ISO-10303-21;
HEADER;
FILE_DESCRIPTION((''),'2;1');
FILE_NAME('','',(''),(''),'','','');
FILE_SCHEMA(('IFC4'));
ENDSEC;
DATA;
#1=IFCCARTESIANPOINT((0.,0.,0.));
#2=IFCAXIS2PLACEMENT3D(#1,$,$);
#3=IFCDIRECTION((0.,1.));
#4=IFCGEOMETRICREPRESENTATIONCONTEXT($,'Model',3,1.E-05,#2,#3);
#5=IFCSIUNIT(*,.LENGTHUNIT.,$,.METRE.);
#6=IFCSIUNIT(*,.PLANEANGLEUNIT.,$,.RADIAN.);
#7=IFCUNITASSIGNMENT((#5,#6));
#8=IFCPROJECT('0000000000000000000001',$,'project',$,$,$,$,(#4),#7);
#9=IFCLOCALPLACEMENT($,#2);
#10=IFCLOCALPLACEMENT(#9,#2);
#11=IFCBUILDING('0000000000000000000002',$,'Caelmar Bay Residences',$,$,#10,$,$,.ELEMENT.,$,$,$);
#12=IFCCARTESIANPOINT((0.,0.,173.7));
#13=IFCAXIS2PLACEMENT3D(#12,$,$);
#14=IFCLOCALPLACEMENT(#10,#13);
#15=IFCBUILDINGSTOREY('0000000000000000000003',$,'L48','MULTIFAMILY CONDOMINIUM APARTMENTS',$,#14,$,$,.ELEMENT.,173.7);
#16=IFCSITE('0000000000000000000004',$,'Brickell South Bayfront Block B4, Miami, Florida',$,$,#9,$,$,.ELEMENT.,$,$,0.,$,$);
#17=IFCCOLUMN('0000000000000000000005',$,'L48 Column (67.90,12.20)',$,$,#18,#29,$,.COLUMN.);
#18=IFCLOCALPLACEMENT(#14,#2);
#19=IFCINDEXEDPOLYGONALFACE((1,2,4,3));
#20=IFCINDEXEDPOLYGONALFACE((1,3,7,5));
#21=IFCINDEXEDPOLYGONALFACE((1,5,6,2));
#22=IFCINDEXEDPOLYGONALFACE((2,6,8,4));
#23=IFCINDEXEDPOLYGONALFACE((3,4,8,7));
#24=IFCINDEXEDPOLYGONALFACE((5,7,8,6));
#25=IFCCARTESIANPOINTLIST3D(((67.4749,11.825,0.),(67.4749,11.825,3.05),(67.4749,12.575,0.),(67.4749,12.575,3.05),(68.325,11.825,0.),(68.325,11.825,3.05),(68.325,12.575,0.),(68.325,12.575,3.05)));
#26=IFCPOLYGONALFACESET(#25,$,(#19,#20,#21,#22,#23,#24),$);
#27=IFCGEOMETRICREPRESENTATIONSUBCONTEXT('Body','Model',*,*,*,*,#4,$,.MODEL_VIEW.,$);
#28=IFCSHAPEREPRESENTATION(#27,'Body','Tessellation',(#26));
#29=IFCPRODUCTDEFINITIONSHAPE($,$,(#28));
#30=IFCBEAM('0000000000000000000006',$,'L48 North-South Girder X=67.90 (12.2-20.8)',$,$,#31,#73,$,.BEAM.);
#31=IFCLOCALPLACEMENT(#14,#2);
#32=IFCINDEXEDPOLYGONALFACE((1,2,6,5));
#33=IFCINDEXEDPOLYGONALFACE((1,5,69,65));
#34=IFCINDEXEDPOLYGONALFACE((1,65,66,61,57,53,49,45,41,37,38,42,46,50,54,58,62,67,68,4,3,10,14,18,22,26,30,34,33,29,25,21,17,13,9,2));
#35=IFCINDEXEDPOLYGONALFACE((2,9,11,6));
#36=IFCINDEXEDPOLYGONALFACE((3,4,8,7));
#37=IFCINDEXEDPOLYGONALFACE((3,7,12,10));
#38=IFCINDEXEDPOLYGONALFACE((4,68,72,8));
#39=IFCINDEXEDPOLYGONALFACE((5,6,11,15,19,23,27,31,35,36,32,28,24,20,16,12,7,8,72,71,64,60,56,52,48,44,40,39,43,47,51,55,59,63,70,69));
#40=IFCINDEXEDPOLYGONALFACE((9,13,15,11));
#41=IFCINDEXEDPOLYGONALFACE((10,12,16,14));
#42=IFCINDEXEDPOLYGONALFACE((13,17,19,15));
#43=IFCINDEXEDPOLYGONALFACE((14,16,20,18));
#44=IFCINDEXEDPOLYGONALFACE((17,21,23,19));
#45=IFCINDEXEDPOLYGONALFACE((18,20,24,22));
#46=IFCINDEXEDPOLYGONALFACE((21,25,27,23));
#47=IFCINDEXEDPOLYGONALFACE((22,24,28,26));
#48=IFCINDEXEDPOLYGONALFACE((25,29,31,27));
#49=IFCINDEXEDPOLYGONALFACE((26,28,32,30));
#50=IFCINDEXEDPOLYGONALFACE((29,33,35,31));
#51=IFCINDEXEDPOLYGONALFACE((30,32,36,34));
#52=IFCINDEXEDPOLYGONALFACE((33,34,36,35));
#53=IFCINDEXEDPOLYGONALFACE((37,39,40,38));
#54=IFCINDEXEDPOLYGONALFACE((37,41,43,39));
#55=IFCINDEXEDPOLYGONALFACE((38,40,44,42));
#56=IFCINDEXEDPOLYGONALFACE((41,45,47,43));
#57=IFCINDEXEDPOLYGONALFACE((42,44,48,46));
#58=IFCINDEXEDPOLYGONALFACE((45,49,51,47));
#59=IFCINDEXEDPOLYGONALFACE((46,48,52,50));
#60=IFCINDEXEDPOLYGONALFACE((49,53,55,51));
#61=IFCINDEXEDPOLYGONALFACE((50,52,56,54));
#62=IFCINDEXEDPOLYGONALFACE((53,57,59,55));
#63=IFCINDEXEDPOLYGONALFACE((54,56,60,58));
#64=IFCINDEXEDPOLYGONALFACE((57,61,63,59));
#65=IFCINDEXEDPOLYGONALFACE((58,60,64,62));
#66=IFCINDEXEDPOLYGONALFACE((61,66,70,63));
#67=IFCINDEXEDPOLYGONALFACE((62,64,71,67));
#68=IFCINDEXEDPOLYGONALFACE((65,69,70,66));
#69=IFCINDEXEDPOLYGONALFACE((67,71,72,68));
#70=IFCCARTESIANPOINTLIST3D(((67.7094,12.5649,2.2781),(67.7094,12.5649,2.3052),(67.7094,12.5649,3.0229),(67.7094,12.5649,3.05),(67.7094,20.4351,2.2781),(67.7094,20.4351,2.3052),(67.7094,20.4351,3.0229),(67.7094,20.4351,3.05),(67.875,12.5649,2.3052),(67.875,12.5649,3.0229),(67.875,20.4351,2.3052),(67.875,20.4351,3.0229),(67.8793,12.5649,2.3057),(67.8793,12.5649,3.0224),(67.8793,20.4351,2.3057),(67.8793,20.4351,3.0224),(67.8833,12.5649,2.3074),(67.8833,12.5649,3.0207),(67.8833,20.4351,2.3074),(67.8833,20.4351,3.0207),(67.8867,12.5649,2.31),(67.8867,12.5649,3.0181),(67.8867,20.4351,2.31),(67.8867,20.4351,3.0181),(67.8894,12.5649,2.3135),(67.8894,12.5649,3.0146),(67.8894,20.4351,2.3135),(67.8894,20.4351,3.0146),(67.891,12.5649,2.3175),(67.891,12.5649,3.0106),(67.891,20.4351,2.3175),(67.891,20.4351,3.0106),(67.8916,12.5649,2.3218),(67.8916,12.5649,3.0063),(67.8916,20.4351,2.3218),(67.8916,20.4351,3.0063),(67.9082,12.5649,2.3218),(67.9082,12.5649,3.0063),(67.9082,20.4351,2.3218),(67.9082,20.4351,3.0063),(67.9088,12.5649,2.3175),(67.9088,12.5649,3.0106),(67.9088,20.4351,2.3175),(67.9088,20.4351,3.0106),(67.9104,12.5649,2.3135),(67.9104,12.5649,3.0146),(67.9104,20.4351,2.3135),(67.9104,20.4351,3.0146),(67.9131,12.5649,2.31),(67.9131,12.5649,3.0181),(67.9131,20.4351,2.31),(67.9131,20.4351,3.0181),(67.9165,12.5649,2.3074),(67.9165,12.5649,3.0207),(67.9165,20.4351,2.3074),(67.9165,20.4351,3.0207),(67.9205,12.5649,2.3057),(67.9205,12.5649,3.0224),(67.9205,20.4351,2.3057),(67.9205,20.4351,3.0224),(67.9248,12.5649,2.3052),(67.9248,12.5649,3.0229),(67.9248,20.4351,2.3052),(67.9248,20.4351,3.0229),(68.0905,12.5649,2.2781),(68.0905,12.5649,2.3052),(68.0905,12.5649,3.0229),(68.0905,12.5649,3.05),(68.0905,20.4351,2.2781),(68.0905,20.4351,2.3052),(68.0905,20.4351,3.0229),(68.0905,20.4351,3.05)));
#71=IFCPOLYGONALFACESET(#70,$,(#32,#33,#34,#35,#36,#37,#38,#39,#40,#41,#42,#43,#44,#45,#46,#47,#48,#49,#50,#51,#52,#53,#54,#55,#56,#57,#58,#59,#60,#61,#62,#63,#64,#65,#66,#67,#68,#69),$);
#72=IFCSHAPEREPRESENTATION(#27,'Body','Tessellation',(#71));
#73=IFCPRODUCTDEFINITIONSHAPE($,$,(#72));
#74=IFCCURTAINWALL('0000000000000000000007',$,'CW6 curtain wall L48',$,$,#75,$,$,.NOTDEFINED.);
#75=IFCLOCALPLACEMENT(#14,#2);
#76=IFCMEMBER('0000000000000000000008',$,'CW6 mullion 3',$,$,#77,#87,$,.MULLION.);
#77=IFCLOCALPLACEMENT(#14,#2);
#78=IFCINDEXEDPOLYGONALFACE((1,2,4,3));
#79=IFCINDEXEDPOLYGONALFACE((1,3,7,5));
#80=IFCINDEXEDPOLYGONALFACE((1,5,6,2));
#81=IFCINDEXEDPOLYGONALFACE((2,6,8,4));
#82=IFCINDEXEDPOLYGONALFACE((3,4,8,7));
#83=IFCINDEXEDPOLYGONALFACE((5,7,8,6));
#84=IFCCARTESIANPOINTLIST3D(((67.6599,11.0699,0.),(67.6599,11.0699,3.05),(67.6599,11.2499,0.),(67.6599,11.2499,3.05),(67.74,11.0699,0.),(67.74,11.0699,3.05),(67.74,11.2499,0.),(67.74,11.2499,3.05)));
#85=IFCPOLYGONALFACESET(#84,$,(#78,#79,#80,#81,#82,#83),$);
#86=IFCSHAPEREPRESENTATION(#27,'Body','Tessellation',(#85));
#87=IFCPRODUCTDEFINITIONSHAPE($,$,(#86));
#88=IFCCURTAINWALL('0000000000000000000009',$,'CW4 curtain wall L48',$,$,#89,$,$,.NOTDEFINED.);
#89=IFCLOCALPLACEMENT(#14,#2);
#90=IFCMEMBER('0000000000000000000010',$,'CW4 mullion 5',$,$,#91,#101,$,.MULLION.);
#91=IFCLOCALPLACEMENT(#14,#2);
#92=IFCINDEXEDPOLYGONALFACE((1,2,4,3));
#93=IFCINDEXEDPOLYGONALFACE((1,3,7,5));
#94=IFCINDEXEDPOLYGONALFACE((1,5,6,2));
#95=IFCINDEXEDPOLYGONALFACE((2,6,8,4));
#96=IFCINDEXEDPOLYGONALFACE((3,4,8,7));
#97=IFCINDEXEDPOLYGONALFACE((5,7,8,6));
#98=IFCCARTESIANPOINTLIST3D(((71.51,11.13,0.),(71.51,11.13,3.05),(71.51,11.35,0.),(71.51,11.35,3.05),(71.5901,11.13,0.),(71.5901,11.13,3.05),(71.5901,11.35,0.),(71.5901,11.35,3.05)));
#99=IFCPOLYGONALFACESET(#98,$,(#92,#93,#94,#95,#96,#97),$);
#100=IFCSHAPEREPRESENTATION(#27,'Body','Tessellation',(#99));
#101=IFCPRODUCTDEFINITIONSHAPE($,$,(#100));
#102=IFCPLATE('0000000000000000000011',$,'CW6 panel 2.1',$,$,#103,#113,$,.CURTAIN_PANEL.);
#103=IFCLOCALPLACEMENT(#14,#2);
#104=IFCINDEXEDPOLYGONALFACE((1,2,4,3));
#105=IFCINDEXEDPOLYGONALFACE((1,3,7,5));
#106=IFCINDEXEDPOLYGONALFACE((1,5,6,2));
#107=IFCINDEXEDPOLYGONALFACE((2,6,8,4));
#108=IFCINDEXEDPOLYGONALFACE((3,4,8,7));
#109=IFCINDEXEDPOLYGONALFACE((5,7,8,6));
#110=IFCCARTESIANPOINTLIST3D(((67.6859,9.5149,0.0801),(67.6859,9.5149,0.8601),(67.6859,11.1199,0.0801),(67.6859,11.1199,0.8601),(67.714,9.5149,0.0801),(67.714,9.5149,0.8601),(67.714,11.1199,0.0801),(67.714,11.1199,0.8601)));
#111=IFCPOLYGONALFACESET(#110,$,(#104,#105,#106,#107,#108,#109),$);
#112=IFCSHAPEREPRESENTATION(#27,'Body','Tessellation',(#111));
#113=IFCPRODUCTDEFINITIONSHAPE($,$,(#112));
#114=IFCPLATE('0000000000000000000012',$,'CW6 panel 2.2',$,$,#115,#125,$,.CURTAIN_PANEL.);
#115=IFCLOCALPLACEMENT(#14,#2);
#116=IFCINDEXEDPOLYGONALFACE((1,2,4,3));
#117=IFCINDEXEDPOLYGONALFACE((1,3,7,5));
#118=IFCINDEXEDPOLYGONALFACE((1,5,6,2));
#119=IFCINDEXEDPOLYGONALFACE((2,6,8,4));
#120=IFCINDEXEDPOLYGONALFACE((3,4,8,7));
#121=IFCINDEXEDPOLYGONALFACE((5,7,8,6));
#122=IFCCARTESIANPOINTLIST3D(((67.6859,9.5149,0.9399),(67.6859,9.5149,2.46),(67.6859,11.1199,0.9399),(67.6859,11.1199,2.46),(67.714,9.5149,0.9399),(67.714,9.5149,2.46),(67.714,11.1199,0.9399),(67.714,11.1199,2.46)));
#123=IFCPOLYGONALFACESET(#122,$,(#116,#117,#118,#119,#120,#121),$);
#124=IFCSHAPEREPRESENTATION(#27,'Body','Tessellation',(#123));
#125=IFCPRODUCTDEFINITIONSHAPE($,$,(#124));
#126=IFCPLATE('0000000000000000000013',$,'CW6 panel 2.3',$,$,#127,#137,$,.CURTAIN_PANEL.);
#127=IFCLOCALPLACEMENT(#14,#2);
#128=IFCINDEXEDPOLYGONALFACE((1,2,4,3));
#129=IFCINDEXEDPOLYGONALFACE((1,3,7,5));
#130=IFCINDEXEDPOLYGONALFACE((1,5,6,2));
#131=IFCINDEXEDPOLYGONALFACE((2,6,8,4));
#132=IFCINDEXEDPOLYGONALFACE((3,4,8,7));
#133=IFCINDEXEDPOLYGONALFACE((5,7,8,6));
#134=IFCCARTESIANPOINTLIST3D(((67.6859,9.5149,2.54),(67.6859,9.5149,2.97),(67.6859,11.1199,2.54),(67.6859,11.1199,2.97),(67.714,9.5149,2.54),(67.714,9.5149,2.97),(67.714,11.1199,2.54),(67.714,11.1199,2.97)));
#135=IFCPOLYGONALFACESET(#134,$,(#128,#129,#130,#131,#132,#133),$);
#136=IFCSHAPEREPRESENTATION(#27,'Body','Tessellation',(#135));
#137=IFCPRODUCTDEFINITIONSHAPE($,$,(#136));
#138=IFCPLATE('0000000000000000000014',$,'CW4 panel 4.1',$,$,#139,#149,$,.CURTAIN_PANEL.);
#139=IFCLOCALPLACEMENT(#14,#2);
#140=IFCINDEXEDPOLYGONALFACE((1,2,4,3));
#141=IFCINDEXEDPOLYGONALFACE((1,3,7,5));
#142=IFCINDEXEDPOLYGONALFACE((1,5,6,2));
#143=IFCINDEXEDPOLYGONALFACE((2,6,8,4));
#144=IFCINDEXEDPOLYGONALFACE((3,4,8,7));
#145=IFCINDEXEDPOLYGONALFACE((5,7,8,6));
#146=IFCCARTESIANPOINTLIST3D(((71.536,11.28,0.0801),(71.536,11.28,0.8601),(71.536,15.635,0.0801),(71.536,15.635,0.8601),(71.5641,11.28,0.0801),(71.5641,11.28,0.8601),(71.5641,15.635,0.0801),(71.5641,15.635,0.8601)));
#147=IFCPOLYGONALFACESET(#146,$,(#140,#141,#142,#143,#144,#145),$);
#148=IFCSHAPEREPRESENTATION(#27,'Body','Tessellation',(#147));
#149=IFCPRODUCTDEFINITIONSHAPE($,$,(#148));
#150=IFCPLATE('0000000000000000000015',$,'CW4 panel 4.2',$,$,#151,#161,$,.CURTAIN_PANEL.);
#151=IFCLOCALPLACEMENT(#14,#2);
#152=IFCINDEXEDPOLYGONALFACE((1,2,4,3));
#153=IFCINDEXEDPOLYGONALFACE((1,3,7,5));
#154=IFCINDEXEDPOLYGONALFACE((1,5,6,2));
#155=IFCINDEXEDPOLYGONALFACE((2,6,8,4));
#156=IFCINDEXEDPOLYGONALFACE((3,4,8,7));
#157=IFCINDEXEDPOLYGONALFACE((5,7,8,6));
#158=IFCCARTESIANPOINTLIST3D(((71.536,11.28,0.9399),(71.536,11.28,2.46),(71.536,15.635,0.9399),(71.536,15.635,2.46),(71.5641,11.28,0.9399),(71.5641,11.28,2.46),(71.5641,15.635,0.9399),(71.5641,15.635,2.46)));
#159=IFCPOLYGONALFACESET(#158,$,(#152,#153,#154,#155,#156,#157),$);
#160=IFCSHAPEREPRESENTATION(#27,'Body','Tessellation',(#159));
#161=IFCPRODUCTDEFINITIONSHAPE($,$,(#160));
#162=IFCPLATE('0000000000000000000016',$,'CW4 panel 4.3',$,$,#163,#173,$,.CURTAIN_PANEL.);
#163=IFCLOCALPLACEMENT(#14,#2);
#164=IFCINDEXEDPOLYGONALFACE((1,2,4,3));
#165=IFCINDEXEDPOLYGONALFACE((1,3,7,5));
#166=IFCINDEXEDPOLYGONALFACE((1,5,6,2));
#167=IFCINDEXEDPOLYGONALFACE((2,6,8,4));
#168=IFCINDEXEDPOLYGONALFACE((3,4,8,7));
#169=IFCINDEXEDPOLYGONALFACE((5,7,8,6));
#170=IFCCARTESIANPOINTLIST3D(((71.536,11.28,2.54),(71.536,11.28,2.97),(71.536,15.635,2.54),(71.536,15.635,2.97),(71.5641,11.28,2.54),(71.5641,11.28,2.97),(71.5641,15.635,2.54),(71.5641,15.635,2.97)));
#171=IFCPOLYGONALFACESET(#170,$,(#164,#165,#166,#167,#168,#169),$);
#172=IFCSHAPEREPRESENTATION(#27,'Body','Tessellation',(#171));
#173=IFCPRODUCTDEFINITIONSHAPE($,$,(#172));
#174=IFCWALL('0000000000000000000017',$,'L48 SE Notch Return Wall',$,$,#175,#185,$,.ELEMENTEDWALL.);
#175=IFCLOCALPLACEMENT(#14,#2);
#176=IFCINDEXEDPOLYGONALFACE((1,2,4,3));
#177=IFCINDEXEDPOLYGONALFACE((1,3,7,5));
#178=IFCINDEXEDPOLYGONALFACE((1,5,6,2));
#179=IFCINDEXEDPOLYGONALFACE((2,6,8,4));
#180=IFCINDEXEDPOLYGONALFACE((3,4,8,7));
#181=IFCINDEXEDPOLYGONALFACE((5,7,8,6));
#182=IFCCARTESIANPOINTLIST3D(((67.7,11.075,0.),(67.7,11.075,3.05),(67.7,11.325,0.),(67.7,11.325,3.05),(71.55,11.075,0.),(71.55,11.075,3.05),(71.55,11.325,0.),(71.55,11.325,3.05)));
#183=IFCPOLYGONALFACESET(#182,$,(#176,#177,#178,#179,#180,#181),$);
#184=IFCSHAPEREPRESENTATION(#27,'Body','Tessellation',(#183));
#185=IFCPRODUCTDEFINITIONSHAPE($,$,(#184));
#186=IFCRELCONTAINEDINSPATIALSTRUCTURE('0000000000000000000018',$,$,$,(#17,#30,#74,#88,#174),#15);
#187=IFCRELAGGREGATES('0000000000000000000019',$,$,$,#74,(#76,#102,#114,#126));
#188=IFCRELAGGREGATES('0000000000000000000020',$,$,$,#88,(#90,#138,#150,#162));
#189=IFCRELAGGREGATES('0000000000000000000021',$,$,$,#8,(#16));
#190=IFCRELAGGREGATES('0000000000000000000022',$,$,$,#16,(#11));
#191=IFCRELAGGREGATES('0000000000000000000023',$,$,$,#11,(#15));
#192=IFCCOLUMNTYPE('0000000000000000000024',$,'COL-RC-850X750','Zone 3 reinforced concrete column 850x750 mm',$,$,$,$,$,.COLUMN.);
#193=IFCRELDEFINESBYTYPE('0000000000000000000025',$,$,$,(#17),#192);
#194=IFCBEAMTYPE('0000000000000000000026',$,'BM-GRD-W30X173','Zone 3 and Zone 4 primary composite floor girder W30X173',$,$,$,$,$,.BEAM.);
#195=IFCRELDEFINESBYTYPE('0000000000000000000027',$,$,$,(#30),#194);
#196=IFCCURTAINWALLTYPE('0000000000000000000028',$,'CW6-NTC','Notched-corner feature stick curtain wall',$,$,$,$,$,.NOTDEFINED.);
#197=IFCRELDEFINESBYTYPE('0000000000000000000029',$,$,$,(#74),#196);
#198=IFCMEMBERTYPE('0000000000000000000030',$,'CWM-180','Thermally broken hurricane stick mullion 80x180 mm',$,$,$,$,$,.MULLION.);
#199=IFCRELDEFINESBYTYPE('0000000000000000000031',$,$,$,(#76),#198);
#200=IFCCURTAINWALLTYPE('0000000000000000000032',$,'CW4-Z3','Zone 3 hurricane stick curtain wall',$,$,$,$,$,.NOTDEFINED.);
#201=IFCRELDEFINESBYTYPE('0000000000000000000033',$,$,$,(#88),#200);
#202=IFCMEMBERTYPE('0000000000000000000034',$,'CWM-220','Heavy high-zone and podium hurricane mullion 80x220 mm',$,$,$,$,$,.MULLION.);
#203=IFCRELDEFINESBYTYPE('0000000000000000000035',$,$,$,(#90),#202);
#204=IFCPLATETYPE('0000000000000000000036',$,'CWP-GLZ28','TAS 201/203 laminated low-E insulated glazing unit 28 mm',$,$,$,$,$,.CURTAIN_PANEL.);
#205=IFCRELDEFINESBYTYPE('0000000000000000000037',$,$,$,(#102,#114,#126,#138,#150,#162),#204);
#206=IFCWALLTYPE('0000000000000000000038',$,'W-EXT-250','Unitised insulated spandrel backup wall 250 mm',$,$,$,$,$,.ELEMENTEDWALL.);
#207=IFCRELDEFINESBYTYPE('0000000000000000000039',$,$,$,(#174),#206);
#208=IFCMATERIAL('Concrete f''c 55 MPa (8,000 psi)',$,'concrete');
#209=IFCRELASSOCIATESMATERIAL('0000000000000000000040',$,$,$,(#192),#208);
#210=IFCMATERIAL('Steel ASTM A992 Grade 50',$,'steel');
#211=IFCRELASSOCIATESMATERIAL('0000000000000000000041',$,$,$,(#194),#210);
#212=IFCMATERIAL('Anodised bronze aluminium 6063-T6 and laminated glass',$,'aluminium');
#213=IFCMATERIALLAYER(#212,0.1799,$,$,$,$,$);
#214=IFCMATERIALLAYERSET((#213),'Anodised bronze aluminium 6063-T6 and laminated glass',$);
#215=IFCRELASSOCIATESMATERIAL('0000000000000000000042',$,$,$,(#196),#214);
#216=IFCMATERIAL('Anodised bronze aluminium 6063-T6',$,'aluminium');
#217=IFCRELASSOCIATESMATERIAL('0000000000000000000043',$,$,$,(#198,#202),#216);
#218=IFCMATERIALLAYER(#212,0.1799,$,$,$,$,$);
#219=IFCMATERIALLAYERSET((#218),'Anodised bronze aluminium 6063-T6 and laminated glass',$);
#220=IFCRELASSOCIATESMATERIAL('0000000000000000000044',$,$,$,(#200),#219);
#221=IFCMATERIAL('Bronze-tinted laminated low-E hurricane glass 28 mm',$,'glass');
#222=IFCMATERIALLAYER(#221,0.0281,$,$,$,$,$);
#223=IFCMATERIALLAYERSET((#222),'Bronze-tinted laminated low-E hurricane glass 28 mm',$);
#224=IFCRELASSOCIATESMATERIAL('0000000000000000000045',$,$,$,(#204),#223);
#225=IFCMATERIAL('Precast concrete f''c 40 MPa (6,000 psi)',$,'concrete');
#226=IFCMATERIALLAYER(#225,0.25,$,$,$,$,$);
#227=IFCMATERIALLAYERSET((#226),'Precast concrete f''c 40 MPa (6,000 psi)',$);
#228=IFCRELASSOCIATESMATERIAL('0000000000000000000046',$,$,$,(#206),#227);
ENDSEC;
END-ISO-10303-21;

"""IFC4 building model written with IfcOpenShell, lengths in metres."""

from ifc_helpers import new_model, si_unit, direction, frame, frame_2d, origin, origin_2d, place, context, subcontext, project, spatial, rectangle, i_section, extrude, material, layer, layer_set, material_profile, profile_set, type_object, element, aggregate, save


model = new_model("IFC4")

# Units and contexts
model_context = context("Model", 3, precision=1e-05, world=origin(), true_north=direction((0.0, 1.0)))
body_context = subcontext(model_context, "Body", "Model", "MODEL_VIEW")
ifc_project = project(units=[si_unit("LENGTHUNIT", "METRE"), si_unit("PLANEANGLEUNIT", "RADIAN")], contexts=[model_context])

# Site, building, storey
site_placement = place(None, origin())
site = spatial("IfcSite", under=ifc_project, at=site_placement, Name="Brickell South Bayfront Block B4, Miami, Florida", CompositionType="ELEMENT", RefElevation=0.0)
building_placement = place(site_placement, origin())
building = spatial("IfcBuilding", under=site, at=building_placement, Name="Caelmar Bay Residences", CompositionType="ELEMENT")
storey_placement = place(building_placement, frame((0.0, 0.0, 173.7)))
storey = spatial("IfcBuildingStorey", under=building, at=storey_placement, Name="L48", Description="MULTIFAMILY CONDOMINIUM APARTMENTS", CompositionType="ELEMENT", Elevation=173.7)

# Column
ifc_material_1 = material(Name="Concrete f'c 55 MPa (8,000 psi)", Category="concrete")
ifc_material_profile_1 = material_profile(ifc_material_1, rectangle(XDim=0.8501, YDim=0.75, at=origin_2d()), Name="RC-COL-850X750")
ifc_profile_set_1 = profile_set([ifc_material_profile_1], Name="Concrete f'c 55 MPa (8,000 psi)")
column_type = type_object("IfcColumnType", Name="COL-RC-850X750", Description="Zone 3 reinforced concrete column 850x750 mm", PredefinedType="COLUMN", material=ifc_profile_set_1)
column_placement = place(storey_placement, frame((67.8999, 12.2, 0.0), z_axis=(0.0, 0.0, 1.0), x_axis=(1.0, 0.0, 0.0)))
element("IfcColumn", 1, at=column_placement, inside=storey, type_object=column_type, Name="L48 Column (67.90,12.20)", PredefinedType="COLUMN", context=body_context, shape_type="SweptSolid", body=[
    extrude(rectangle(XDim=0.8501, YDim=0.75, at=origin_2d()), origin(), (0.0, 0.0, 1.0), 3.05),
])

# Beam
ifc_material_2 = material(Name="Steel ASTM A992 Grade 50", Category="steel")
ifc_material_profile_2 = material_profile(ifc_material_2, i_section(OverallWidth=0.3811, OverallDepth=0.772, WebThickness=0.0166, FlangeThickness=0.0271, FilletRadius=0.0166, at=origin_2d()), Name="W30X173")
ifc_profile_set_2 = profile_set([ifc_material_profile_2], Name="Steel ASTM A992 Grade 50")
beam_type = type_object("IfcBeamType", Name="BM-GRD-W30X173", Description="Zone 3 and Zone 4 primary composite floor girder W30X173", PredefinedType="BEAM", material=ifc_profile_set_2)
beam_placement = place(storey_placement, frame((67.8999, 12.5649, 2.6641), z_axis=(0.0, 1.0, 0.0), x_axis=(-1.0, 0.0, 0.0)))
element("IfcBeam", 2, at=beam_placement, inside=storey, type_object=beam_type, Name="L48 North-South Girder X=67.90 (12.2-20.8)", PredefinedType="BEAM", context=body_context, shape_type="SweptSolid", body=[
    extrude(i_section(OverallWidth=0.3811, OverallDepth=0.772, WebThickness=0.0166, FlangeThickness=0.0271, FilletRadius=0.0166, at=origin_2d()), origin(), (0.0, 0.0, 1.0), 7.8701),
])

# Curtain walls, members
ifc_material_3 = material(Name="Anodised bronze aluminium 6063-T6 and laminated glass", Category="aluminium")
ifc_layer_1 = layer(ifc_material_3, 0.1799)
ifc_layer_set_1 = layer_set([ifc_layer_1], Name="Anodised bronze aluminium 6063-T6 and laminated glass")
curtain_wall_type_1 = type_object("IfcCurtainWallType", Name="CW6-NTC", Description="Notched-corner feature stick curtain wall", PredefinedType="NOTDEFINED", material=ifc_layer_set_1)
curtain_wall_1_placement = place(storey_placement, origin())
curtain_wall_1 = element("IfcCurtainWall", 3, at=curtain_wall_1_placement, inside=storey, type_object=curtain_wall_type_1, Name="CW6 curtain wall L48", PredefinedType="NOTDEFINED")
ifc_material_4 = material(Name="Anodised bronze aluminium 6063-T6", Category="aluminium")
ifc_material_profile_3 = material_profile(ifc_material_4, rectangle(XDim=0.0801, YDim=0.1799, at=origin_2d()), Name="CWM-80X180")
ifc_profile_set_3 = profile_set([ifc_material_profile_3], Name="Anodised bronze aluminium 6063-T6")
member_type_1 = type_object("IfcMemberType", Name="CWM-180", Description="Thermally broken hurricane stick mullion 80x180 mm", PredefinedType="MULLION", material=ifc_profile_set_3)
member_1_placement = place(storey_placement, frame((67.7, 11.1599, 0.0), z_axis=(0.0, 0.0, 1.0), x_axis=(-1.0, 0.0, 0.0)))
member_1 = element("IfcMember", 4, at=member_1_placement, type_object=member_type_1, Name="CW6 mullion 3", PredefinedType="MULLION", context=body_context, shape_type="SweptSolid", body=[
    extrude(rectangle(XDim=0.0801, YDim=0.1799, at=origin_2d()), origin(), (0.0, 0.0, 1.0), 3.05),
])
ifc_layer_2 = layer(ifc_material_3, 0.1799)
ifc_layer_set_2 = layer_set([ifc_layer_2], Name="Anodised bronze aluminium 6063-T6 and laminated glass")
curtain_wall_type_2 = type_object("IfcCurtainWallType", Name="CW4-Z3", Description="Zone 3 hurricane stick curtain wall", PredefinedType="NOTDEFINED", material=ifc_layer_set_2)
curtain_wall_2_placement = place(storey_placement, origin())
curtain_wall_2 = element("IfcCurtainWall", 5, at=curtain_wall_2_placement, inside=storey, type_object=curtain_wall_type_2, Name="CW4 curtain wall L48", PredefinedType="NOTDEFINED")
ifc_material_profile_4 = material_profile(ifc_material_4, rectangle(XDim=0.0801, YDim=0.22, at=origin_2d()), Name="CWM-80X220")
ifc_profile_set_4 = profile_set([ifc_material_profile_4], Name="Anodised bronze aluminium 6063-T6")
member_type_2 = type_object("IfcMemberType", Name="CWM-220", Description="Heavy high-zone and podium hurricane mullion 80x220 mm", PredefinedType="MULLION", material=ifc_profile_set_4)
member_2_placement = place(storey_placement, frame((71.55, 11.24, 0.0), z_axis=(0.0, 0.0, 1.0), x_axis=(1.0, 0.0, 0.0)))
member_2 = element("IfcMember", 6, at=member_2_placement, type_object=member_type_2, Name="CW4 mullion 5", PredefinedType="MULLION", context=body_context, shape_type="SweptSolid", body=[
    extrude(rectangle(XDim=0.0801, YDim=0.22, at=origin_2d()), origin(), (0.0, 0.0, 1.0), 3.05),
])

# Plates
ifc_material_5 = material(Name="Bronze-tinted laminated low-E hurricane glass 28 mm", Category="glass")
ifc_layer_3 = layer(ifc_material_5, 0.0281)
ifc_layer_set_3 = layer_set([ifc_layer_3], Name="Bronze-tinted laminated low-E hurricane glass 28 mm")
plate_type = type_object("IfcPlateType", Name="CWP-GLZ28", Description="TAS 201/203 laminated low-E insulated glazing unit 28 mm", PredefinedType="CURTAIN_PANEL", material=ifc_layer_set_3)
plate_1_placement = place(storey_placement, frame((67.7, 10.3174, 0.0801), z_axis=(0.0, 0.0, 1.0), x_axis=(0.0, 1.0, 0.0)))
plate_1 = element("IfcPlate", 7, at=plate_1_placement, type_object=plate_type, Name="CW6 panel 2.1", PredefinedType="CURTAIN_PANEL", context=body_context, shape_type="SweptSolid", body=[
    extrude(rectangle(XDim=1.605, YDim=0.0281, at=origin_2d()), origin(), (0.0, 0.0, 1.0), 0.78),
])
plate_2_placement = place(storey_placement, frame((67.7, 10.3174, 0.9399), z_axis=(0.0, 0.0, 1.0), x_axis=(0.0, 1.0, 0.0)))
plate_2 = element("IfcPlate", 8, at=plate_2_placement, type_object=plate_type, Name="CW6 panel 2.2", PredefinedType="CURTAIN_PANEL", context=body_context, shape_type="SweptSolid", body=[
    extrude(rectangle(XDim=1.605, YDim=0.0281, at=origin_2d()), origin(), (0.0, 0.0, 1.0), 1.52),
])
plate_3_placement = place(storey_placement, frame((67.7, 10.3174, 2.54), z_axis=(0.0, 0.0, 1.0), x_axis=(0.0, 1.0, 0.0)))
plate_3 = element("IfcPlate", 9, at=plate_3_placement, type_object=plate_type, Name="CW6 panel 2.3", PredefinedType="CURTAIN_PANEL", context=body_context, shape_type="SweptSolid", body=[
    extrude(rectangle(XDim=1.605, YDim=0.0281, at=origin_2d()), origin(), (0.0, 0.0, 1.0), 0.4299),
])
aggregate(curtain_wall_1, [member_1, plate_1, plate_2, plate_3])
plate_4_placement = place(storey_placement, frame((71.55, 13.4575, 0.0801), z_axis=(0.0, 0.0, 1.0), x_axis=(0.0, -1.0, 0.0)))
plate_4 = element("IfcPlate", 10, at=plate_4_placement, type_object=plate_type, Name="CW4 panel 4.1", PredefinedType="CURTAIN_PANEL", context=body_context, shape_type="SweptSolid", body=[
    extrude(rectangle(XDim=4.355, YDim=0.0281, at=origin_2d()), origin(), (0.0, 0.0, 1.0), 0.78),
])
plate_5_placement = place(storey_placement, frame((71.55, 13.4575, 0.9399), z_axis=(0.0, 0.0, 1.0), x_axis=(0.0, -1.0, 0.0)))
plate_5 = element("IfcPlate", 11, at=plate_5_placement, type_object=plate_type, Name="CW4 panel 4.2", PredefinedType="CURTAIN_PANEL", context=body_context, shape_type="SweptSolid", body=[
    extrude(rectangle(XDim=4.355, YDim=0.0281, at=origin_2d()), origin(), (0.0, 0.0, 1.0), 1.52),
])
plate_6_placement = place(storey_placement, frame((71.55, 13.4575, 2.54), z_axis=(0.0, 0.0, 1.0), x_axis=(0.0, -1.0, 0.0)))
plate_6 = element("IfcPlate", 12, at=plate_6_placement, type_object=plate_type, Name="CW4 panel 4.3", PredefinedType="CURTAIN_PANEL", context=body_context, shape_type="SweptSolid", body=[
    extrude(rectangle(XDim=4.355, YDim=0.0281, at=origin_2d()), origin(), (0.0, 0.0, 1.0), 0.4299),
])
aggregate(curtain_wall_2, [member_2, plate_4, plate_5, plate_6])

# Wall
ifc_material_6 = material(Name="Precast concrete f'c 40 MPa (6,000 psi)", Category="concrete")
ifc_layer_4 = layer(ifc_material_6, 0.25)
ifc_layer_set_4 = layer_set([ifc_layer_4], Name="Precast concrete f'c 40 MPa (6,000 psi)")
wall_type_1 = type_object("IfcWallType", Name="W-EXT-250", Description="Unitised insulated spandrel backup wall 250 mm", PredefinedType="ELEMENTEDWALL", material=ifc_layer_set_4)
wall_1_placement = place(storey_placement, frame((67.7, 11.2, 0.0), z_axis=(0.0, 0.0, 1.0), x_axis=(1.0, 0.0, 0.0)))
element("IfcWall", 13, at=wall_1_placement, inside=storey, type_object=wall_type_1, Name="L48 SE Notch Return Wall", PredefinedType="ELEMENTEDWALL", context=body_context, shape_type="SweptSolid", body=[
    extrude(rectangle(XDim=3.8501, YDim=0.25, at=frame_2d((1.925, 0.0))), origin(), (0.0, 0.0, 1.0), 3.05),
])

save(model, "model.ifc")
